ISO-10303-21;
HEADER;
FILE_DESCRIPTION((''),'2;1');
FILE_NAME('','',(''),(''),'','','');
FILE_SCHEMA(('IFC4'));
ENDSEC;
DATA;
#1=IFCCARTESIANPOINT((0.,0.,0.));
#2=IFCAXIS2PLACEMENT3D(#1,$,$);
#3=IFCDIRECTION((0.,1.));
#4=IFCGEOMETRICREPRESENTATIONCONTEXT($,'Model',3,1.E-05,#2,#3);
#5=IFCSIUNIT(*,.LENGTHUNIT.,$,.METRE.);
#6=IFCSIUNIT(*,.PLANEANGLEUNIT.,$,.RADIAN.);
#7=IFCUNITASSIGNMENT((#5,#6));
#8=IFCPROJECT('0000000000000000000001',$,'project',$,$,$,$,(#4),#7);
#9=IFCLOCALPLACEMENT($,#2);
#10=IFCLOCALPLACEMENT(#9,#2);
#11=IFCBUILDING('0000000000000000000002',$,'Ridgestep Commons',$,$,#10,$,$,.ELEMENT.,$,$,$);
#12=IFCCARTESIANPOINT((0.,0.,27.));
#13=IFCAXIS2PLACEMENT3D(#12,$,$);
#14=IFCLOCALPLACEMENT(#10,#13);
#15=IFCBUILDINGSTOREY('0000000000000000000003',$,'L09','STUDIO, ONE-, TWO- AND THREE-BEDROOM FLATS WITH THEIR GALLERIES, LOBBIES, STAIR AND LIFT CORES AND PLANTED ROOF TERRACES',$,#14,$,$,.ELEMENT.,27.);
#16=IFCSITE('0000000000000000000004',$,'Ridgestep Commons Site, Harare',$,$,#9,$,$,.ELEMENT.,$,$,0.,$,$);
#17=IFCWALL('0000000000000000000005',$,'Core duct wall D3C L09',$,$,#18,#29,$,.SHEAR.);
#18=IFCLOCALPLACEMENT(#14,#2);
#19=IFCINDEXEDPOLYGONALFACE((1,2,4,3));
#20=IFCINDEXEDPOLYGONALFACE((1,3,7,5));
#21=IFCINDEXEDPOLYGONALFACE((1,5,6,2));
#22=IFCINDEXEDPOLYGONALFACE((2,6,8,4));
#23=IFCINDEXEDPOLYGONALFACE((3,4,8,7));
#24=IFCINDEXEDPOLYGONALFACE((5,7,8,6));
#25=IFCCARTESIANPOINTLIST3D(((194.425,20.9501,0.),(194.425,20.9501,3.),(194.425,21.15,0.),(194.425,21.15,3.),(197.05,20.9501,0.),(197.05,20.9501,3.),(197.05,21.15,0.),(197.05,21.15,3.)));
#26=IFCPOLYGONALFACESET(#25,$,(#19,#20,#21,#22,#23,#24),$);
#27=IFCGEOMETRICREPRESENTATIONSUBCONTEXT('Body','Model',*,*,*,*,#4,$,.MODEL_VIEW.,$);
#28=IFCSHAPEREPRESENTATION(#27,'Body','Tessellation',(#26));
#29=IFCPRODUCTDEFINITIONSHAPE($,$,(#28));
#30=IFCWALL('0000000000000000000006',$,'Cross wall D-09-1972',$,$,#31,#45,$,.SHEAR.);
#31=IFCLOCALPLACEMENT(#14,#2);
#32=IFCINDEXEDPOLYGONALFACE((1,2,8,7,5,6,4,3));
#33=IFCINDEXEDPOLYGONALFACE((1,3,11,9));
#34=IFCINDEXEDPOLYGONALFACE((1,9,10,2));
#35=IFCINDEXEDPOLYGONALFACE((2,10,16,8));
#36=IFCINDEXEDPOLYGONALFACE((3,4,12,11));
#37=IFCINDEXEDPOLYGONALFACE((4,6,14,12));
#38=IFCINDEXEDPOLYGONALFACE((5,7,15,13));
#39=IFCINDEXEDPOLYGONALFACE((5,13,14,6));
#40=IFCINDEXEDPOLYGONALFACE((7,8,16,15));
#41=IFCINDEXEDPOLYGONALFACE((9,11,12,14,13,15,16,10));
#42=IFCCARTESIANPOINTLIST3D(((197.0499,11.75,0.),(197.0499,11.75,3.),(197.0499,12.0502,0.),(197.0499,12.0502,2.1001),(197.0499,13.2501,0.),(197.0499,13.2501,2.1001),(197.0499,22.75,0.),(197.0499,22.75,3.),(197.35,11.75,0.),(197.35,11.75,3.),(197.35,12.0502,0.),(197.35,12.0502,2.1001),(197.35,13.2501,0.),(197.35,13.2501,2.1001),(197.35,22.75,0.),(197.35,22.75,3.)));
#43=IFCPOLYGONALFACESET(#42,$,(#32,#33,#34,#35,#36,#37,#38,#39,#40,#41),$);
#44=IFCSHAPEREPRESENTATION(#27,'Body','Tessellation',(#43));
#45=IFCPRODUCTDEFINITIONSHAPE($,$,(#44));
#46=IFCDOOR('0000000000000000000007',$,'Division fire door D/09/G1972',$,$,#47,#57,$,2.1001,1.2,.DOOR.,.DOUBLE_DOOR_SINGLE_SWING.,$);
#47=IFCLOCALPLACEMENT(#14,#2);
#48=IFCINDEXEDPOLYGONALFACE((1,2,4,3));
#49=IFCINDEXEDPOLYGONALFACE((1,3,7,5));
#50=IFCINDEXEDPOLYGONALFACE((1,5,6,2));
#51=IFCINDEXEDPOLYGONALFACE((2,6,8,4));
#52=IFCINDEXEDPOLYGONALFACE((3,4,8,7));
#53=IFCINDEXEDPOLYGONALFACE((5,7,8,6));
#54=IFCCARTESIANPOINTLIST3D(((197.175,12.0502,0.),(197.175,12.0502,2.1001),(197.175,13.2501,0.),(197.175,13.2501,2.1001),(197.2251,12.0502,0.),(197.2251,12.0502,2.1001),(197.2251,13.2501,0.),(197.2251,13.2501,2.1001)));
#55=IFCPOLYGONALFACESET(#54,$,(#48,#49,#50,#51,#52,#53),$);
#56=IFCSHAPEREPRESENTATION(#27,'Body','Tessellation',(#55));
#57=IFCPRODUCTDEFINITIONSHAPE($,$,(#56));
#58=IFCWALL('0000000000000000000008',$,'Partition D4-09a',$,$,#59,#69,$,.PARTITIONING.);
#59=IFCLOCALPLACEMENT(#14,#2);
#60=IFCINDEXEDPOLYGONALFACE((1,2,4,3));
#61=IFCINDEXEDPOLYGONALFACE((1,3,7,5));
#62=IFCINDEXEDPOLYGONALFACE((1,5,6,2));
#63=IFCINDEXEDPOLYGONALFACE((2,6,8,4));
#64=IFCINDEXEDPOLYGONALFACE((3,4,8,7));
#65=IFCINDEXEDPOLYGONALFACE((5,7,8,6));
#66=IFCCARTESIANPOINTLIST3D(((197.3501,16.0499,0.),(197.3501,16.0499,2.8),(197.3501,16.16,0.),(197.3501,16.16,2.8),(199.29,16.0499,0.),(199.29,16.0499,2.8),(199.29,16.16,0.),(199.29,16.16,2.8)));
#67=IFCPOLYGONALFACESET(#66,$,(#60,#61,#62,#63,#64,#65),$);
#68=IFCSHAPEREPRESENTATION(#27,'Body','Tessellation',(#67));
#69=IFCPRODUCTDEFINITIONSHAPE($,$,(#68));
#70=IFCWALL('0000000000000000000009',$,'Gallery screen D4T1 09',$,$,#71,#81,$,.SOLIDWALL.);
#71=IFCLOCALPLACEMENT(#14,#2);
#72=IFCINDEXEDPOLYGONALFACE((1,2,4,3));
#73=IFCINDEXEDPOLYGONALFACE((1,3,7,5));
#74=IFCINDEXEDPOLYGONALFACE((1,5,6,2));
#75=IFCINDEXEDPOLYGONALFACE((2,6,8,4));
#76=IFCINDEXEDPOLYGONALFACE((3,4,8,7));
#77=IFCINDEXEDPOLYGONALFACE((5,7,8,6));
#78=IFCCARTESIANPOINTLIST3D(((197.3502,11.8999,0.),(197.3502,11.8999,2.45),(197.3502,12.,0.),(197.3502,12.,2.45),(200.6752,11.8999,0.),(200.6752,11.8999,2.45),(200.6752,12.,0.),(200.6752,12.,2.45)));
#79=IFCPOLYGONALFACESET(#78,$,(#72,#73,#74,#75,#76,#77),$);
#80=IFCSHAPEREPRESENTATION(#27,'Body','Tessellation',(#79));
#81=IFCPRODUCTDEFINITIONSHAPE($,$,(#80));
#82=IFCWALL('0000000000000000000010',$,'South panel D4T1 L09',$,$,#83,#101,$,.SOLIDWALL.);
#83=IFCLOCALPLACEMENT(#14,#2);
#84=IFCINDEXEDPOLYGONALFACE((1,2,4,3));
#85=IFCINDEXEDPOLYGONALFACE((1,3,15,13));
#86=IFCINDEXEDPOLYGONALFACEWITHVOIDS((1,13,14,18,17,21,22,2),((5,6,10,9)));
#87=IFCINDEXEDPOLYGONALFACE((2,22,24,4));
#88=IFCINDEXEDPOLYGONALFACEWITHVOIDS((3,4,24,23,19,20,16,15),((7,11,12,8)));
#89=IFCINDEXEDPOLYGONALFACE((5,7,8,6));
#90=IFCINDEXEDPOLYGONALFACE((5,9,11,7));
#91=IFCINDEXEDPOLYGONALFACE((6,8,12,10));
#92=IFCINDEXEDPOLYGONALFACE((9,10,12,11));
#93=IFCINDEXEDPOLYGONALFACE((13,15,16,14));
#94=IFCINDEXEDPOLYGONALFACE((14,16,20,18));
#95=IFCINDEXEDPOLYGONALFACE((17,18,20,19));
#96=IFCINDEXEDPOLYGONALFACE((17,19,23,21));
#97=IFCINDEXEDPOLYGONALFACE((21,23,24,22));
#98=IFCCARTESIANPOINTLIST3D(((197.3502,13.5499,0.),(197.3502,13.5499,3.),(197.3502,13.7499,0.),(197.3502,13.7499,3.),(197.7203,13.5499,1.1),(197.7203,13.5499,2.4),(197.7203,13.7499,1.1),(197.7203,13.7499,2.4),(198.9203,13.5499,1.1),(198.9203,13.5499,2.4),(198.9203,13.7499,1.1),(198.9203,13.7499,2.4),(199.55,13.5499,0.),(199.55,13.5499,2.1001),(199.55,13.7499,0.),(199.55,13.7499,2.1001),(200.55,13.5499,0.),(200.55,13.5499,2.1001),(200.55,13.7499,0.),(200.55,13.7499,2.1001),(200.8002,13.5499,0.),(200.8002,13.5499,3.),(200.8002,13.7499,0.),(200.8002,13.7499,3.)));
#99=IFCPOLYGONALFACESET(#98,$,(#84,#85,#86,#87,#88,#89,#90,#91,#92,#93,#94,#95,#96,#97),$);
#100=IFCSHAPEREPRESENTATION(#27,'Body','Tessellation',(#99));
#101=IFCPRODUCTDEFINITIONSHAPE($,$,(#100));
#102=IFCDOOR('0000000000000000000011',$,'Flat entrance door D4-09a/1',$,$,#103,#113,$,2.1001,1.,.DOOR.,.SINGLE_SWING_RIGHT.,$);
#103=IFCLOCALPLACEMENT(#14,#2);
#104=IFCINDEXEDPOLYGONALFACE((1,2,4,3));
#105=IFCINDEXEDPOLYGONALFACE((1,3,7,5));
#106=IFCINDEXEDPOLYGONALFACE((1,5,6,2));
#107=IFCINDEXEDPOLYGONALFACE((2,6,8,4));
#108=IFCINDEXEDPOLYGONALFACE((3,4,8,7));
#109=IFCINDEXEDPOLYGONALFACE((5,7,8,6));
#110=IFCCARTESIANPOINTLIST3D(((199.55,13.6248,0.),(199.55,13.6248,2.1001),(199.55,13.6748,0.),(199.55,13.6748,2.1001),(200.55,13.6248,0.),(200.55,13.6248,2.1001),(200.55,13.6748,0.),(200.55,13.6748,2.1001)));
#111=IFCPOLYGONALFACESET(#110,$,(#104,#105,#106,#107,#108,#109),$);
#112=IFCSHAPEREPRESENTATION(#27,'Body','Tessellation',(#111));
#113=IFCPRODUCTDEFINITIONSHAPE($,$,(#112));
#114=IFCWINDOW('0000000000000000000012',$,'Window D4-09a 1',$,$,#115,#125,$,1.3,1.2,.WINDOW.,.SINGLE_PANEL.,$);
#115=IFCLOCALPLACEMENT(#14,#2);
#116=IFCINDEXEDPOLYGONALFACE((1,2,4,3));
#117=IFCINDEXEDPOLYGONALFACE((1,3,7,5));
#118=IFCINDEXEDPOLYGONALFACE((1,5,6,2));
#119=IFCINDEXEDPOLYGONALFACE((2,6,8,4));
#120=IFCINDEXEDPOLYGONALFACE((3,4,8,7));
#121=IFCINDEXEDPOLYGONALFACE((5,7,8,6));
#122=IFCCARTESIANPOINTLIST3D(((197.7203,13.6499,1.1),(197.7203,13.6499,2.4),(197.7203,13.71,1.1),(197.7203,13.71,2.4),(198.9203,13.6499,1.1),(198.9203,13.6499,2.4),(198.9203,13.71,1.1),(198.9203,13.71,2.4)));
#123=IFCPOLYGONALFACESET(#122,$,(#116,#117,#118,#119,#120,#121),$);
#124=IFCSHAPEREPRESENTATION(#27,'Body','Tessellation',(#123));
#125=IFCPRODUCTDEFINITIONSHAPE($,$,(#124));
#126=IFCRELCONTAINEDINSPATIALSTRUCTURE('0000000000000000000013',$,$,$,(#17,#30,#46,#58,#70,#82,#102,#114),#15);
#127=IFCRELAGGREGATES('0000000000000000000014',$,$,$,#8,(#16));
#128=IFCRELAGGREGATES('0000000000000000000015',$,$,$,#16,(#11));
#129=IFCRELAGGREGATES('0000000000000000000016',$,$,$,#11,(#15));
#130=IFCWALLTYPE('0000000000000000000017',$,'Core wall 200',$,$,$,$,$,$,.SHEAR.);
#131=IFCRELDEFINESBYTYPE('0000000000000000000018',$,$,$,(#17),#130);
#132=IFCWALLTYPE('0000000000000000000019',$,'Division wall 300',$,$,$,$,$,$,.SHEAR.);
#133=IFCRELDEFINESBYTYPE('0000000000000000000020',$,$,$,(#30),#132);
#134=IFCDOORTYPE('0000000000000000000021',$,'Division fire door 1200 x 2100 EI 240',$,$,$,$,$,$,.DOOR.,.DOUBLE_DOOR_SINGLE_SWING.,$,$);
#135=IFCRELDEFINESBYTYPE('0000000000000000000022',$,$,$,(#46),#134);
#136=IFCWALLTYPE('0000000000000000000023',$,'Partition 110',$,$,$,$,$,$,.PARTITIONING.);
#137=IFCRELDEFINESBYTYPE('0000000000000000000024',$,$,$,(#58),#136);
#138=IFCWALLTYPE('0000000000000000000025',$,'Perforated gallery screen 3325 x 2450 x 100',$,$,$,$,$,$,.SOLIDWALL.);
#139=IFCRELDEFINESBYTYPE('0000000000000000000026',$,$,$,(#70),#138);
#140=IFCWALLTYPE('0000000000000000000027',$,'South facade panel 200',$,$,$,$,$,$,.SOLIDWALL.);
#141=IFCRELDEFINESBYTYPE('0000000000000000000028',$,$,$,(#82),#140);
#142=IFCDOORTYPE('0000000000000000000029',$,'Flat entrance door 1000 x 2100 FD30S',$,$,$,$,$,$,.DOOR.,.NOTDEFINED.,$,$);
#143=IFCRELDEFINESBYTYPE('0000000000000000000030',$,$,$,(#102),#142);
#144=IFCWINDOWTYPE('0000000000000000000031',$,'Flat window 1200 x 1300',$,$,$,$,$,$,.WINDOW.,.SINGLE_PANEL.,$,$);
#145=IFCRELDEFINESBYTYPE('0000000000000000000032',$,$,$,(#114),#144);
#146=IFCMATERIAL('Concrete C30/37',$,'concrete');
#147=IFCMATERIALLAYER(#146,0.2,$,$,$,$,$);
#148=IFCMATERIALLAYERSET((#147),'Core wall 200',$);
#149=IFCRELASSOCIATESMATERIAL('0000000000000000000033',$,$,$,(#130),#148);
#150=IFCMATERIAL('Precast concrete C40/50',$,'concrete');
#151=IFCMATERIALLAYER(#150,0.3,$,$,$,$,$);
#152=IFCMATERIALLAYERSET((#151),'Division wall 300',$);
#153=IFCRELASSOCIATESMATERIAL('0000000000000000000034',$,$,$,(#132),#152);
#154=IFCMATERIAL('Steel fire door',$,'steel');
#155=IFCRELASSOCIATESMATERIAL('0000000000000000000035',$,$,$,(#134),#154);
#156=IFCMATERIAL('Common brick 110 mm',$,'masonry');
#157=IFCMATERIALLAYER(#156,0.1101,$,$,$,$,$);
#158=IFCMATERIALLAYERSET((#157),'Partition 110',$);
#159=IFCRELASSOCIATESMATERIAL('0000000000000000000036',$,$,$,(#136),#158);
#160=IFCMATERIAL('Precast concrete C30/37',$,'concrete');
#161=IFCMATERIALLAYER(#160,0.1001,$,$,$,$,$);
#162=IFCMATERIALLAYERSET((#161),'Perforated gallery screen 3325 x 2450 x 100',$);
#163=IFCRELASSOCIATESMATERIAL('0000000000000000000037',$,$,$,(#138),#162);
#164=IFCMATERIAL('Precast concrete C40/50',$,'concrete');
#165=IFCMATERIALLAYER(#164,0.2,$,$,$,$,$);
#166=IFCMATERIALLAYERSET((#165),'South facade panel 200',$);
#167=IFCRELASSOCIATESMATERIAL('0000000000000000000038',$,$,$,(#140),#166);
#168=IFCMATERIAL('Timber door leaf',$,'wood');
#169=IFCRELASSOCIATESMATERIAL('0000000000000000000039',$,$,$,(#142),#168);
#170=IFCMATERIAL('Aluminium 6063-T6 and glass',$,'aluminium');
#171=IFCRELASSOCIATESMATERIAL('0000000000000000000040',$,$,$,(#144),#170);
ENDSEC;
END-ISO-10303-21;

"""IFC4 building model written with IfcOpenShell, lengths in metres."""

from ifc_helpers import new_model, si_unit, direction, frame, frame_2d, origin, place, context, subcontext, project, spatial, rectangle, extrude, material, layer, layer_set, type_object, element, fill, save


model = new_model("IFC4")

# Units and contexts
model_context = context("Model", 3, precision=1e-05, world=origin(), true_north=direction((0.0, 1.0)))
body_context = subcontext(model_context, "Body", "Model", "MODEL_VIEW")
ifc_project = project(units=[si_unit("LENGTHUNIT", "METRE"), si_unit("PLANEANGLEUNIT", "RADIAN")], contexts=[model_context])

# Site, building, storey
site_placement = place(None, origin())
site = spatial("IfcSite", under=ifc_project, at=site_placement, Name="Ridgestep Commons Site, Harare", CompositionType="ELEMENT", RefElevation=0.0)
building_placement = place(site_placement, origin())
building = spatial("IfcBuilding", under=site, at=building_placement, Name="Ridgestep Commons", CompositionType="ELEMENT")
storey_placement = place(building_placement, frame((0.0, 0.0, 27.0)))
storey = spatial("IfcBuildingStorey", under=building, at=storey_placement, Name="L09", Description="STUDIO, ONE-, TWO- AND THREE-BEDROOM FLATS WITH THEIR GALLERIES, LOBBIES, STAIR AND LIFT CORES AND PLANTED ROOF TERRACES", CompositionType="ELEMENT", Elevation=27.0)

# Wall
ifc_material_1 = material(Name="Concrete C30/37", Category="concrete")
ifc_layer_1 = layer(ifc_material_1, 0.2)
ifc_layer_set_1 = layer_set([ifc_layer_1], Name="Core wall 200")
wall_type_1 = type_object("IfcWallType", Name="Core wall 200", PredefinedType="SHEAR", material=ifc_layer_set_1)
wall_1_placement = place(storey_placement, frame((194.425, 21.05, 0.0), z_axis=(0.0, 0.0, 1.0), x_axis=(1.0, 0.0, 0.0)))
element("IfcWall", 1, at=wall_1_placement, inside=storey, type_object=wall_type_1, Name="Core duct wall D3C L09", PredefinedType="SHEAR", context=body_context, shape_type="SweptSolid", body=[
    extrude(rectangle(XDim=2.625, YDim=0.2, at=frame_2d((1.3125, 0.0))), origin(), (0.0, 0.0, 1.0), 3.0),
])

# Wall, opening, door
ifc_material_2 = material(Name="Precast concrete C40/50", Category="concrete")
ifc_layer_2 = layer(ifc_material_2, 0.3)
ifc_layer_set_2 = layer_set([ifc_layer_2], Name="Division wall 300")
wall_type_2 = type_object("IfcWallType", Name="Division wall 300", PredefinedType="SHEAR", material=ifc_layer_set_2)
wall_2_placement = place(storey_placement, frame((197.2, 11.75, 0.0), z_axis=(0.0, 0.0, 1.0), x_axis=(0.0, 1.0, 0.0)))
wall_2 = element("IfcWall", 2, at=wall_2_placement, inside=storey, type_object=wall_type_2, Name="Cross wall D-09-1972", PredefinedType="SHEAR", context=body_context, shape_type="SweptSolid", body=[
    extrude(rectangle(XDim=11.0, YDim=0.3, at=frame_2d((5.5, 0.0))), origin(), (0.0, 0.0, 1.0), 3.0),
])
opening_1_placement = place(wall_2_placement, frame((0.3, 0.0, 0.0)))
opening_1 = element("IfcOpeningElement", 3, at=opening_1_placement, cuts=wall_2, PredefinedType="OPENING", context=body_context, shape_type="SweptSolid", body=[
    extrude(rectangle(XDim=1.2, YDim=2.1001, at=frame_2d((0.6001, 1.05))), frame((0.0, 0.1599, 0.0), z_axis=(0.0, -1.0, 0.0), x_axis=(1.0, 0.0, 0.0)), (0.0, 0.0, 1.0), 0.3201),
])
ifc_material_3 = material(Name="Steel fire door", Category="steel")
door_type_1 = type_object("IfcDoorType", Name="Division fire door 1200 x 2100 EI 240", OperationType="DOUBLE_DOOR_SINGLE_SWING", PredefinedType="DOOR", material=ifc_material_3)
door_1_placement = place(opening_1_placement, origin())
door_1 = element("IfcDoor", 4, at=door_1_placement, inside=storey, type_object=door_type_1, Name="Division fire door D/09/G1972", OperationType="DOUBLE_DOOR_SINGLE_SWING", OverallHeight=2.1001, OverallWidth=1.2, PredefinedType="DOOR", context=body_context, shape_type="SweptSolid", body=[
    extrude(rectangle(XDim=1.2, YDim=2.1001, at=frame_2d((0.6001, 1.05))), frame((0.0, 0.0249, 0.0), z_axis=(0.0, -1.0, 0.0), x_axis=(1.0, 0.0, 0.0)), (0.0, 0.0, 1.0), 0.05),
])
fill(opening_1, door_1)

# Walls
ifc_material_4 = material(Name="Common brick 110 mm", Category="masonry")
ifc_layer_3 = layer(ifc_material_4, 0.1101)
ifc_layer_set_3 = layer_set([ifc_layer_3], Name="Partition 110")
wall_type_3 = type_object("IfcWallType", Name="Partition 110", PredefinedType="PARTITIONING", material=ifc_layer_set_3)
wall_3_placement = place(storey_placement, frame((197.3501, 16.105, 0.0), z_axis=(0.0, 0.0, 1.0), x_axis=(1.0, 0.0, 0.0)))
element("IfcWall", 5, at=wall_3_placement, inside=storey, type_object=wall_type_3, Name="Partition D4-09a", PredefinedType="PARTITIONING", context=body_context, shape_type="SweptSolid", body=[
    extrude(rectangle(XDim=1.9399, YDim=0.1101, at=frame_2d((0.97, 0.0))), origin(), (0.0, 0.0, 1.0), 2.8),
])
ifc_material_5 = material(Name="Precast concrete C30/37", Category="concrete")
ifc_layer_4 = layer(ifc_material_5, 0.1001)
ifc_layer_set_4 = layer_set([ifc_layer_4], Name="Perforated gallery screen 3325 x 2450 x 100")
wall_type_4 = type_object("IfcWallType", Name="Perforated gallery screen 3325 x 2450 x 100", PredefinedType="SOLIDWALL", material=ifc_layer_set_4)
wall_4_placement = place(storey_placement, frame((197.3501, 11.95, 0.0), z_axis=(0.0, 0.0, 1.0), x_axis=(1.0, 0.0, 0.0)))
element("IfcWall", 6, at=wall_4_placement, inside=storey, type_object=wall_type_4, Name="Gallery screen D4T1 09", PredefinedType="SOLIDWALL", context=body_context, shape_type="SweptSolid", body=[
    extrude(rectangle(XDim=3.325, YDim=0.1001, at=frame_2d((1.6626, 0.0))), origin(), (0.0, 0.0, 1.0), 2.45),
])

# Wall, openings, door, window
ifc_material_6 = material(Name="Precast concrete C40/50", Category="concrete")
ifc_layer_5 = layer(ifc_material_6, 0.2)
ifc_layer_set_5 = layer_set([ifc_layer_5], Name="South facade panel 200")
wall_type_5 = type_object("IfcWallType", Name="South facade panel 200", PredefinedType="SOLIDWALL", material=ifc_layer_set_5)
wall_5_placement = place(storey_placement, frame((197.3501, 13.6499, 0.0), z_axis=(0.0, 0.0, 1.0), x_axis=(1.0, 0.0, 0.0)))
wall_5 = element("IfcWall", 7, at=wall_5_placement, inside=storey, type_object=wall_type_5, Name="South panel D4T1 L09", PredefinedType="SOLIDWALL", context=body_context, shape_type="SweptSolid", body=[
    extrude(rectangle(XDim=3.45, YDim=0.2, at=frame_2d((1.7251, 0.0))), origin(), (0.0, 0.0, 1.0), 3.0),
])
opening_2_placement = place(wall_5_placement, frame((0.3701, 0.0, 1.1001)))
opening_2 = element("IfcOpeningElement", 8, at=opening_2_placement, cuts=wall_5, PredefinedType="OPENING", context=body_context, shape_type="SweptSolid", body=[
    extrude(rectangle(XDim=1.2, YDim=1.3, at=frame_2d((0.6001, 0.6499))), frame((0.0, 0.1099, 0.0), z_axis=(0.0, -1.0, 0.0), x_axis=(1.0, 0.0, 0.0)), (0.0, 0.0, 1.0), 0.22),
])
opening_3_placement = place(wall_5_placement, frame((2.2, 0.0, 0.0)))
opening_3 = element("IfcOpeningElement", 9, at=opening_3_placement, cuts=wall_5, PredefinedType="OPENING", context=body_context, shape_type="SweptSolid", body=[
    extrude(rectangle(XDim=1.0, YDim=2.1001, at=frame_2d((0.5, 1.05))), frame((0.0, 0.1099, 0.0), z_axis=(0.0, -1.0, 0.0), x_axis=(1.0, 0.0, 0.0)), (0.0, 0.0, 1.0), 0.22),
])
ifc_material_7 = material(Name="Timber door leaf", Category="wood")
door_type_2 = type_object("IfcDoorType", Name="Flat entrance door 1000 x 2100 FD30S", OperationType="NOTDEFINED", PredefinedType="DOOR", material=ifc_material_7)
door_2_placement = place(opening_3_placement, origin())
door_2 = element("IfcDoor", 10, at=door_2_placement, inside=storey, type_object=door_type_2, Name="Flat entrance door D4-09a/1", OperationType="SINGLE_SWING_RIGHT", OverallHeight=2.1001, OverallWidth=1.0, PredefinedType="DOOR", context=body_context, shape_type="SweptSolid", body=[
    extrude(rectangle(XDim=1.0, YDim=2.1001, at=frame_2d((0.5, 1.05))), frame((0.0, 0.0249, 0.0), z_axis=(0.0, -1.0, 0.0), x_axis=(1.0, 0.0, 0.0)), (0.0, 0.0, 1.0), 0.05),
])
fill(opening_3, door_2)
ifc_material_8 = material(Name="Aluminium 6063-T6 and glass", Category="aluminium")
window_type = type_object("IfcWindowType", Name="Flat window 1200 x 1300", PartitioningType="SINGLE_PANEL", PredefinedType="WINDOW", material=ifc_material_8)
window_placement = place(opening_2_placement, origin())
window = element("IfcWindow", 11, at=window_placement, inside=storey, type_object=window_type, Name="Window D4-09a 1", OverallHeight=1.3, OverallWidth=1.2, PartitioningType="SINGLE_PANEL", PredefinedType="WINDOW", context=body_context, shape_type="SweptSolid", body=[
    extrude(rectangle(XDim=1.2, YDim=1.3, at=frame_2d((0.6001, 0.6499))), frame((0.0, 0.0601, 0.0), z_axis=(0.0, -1.0, 0.0), x_axis=(1.0, 0.0, 0.0)), (0.0, 0.0, 1.0), 0.0601),
])
fill(opening_2, window)

save(model, "model.ifc")
